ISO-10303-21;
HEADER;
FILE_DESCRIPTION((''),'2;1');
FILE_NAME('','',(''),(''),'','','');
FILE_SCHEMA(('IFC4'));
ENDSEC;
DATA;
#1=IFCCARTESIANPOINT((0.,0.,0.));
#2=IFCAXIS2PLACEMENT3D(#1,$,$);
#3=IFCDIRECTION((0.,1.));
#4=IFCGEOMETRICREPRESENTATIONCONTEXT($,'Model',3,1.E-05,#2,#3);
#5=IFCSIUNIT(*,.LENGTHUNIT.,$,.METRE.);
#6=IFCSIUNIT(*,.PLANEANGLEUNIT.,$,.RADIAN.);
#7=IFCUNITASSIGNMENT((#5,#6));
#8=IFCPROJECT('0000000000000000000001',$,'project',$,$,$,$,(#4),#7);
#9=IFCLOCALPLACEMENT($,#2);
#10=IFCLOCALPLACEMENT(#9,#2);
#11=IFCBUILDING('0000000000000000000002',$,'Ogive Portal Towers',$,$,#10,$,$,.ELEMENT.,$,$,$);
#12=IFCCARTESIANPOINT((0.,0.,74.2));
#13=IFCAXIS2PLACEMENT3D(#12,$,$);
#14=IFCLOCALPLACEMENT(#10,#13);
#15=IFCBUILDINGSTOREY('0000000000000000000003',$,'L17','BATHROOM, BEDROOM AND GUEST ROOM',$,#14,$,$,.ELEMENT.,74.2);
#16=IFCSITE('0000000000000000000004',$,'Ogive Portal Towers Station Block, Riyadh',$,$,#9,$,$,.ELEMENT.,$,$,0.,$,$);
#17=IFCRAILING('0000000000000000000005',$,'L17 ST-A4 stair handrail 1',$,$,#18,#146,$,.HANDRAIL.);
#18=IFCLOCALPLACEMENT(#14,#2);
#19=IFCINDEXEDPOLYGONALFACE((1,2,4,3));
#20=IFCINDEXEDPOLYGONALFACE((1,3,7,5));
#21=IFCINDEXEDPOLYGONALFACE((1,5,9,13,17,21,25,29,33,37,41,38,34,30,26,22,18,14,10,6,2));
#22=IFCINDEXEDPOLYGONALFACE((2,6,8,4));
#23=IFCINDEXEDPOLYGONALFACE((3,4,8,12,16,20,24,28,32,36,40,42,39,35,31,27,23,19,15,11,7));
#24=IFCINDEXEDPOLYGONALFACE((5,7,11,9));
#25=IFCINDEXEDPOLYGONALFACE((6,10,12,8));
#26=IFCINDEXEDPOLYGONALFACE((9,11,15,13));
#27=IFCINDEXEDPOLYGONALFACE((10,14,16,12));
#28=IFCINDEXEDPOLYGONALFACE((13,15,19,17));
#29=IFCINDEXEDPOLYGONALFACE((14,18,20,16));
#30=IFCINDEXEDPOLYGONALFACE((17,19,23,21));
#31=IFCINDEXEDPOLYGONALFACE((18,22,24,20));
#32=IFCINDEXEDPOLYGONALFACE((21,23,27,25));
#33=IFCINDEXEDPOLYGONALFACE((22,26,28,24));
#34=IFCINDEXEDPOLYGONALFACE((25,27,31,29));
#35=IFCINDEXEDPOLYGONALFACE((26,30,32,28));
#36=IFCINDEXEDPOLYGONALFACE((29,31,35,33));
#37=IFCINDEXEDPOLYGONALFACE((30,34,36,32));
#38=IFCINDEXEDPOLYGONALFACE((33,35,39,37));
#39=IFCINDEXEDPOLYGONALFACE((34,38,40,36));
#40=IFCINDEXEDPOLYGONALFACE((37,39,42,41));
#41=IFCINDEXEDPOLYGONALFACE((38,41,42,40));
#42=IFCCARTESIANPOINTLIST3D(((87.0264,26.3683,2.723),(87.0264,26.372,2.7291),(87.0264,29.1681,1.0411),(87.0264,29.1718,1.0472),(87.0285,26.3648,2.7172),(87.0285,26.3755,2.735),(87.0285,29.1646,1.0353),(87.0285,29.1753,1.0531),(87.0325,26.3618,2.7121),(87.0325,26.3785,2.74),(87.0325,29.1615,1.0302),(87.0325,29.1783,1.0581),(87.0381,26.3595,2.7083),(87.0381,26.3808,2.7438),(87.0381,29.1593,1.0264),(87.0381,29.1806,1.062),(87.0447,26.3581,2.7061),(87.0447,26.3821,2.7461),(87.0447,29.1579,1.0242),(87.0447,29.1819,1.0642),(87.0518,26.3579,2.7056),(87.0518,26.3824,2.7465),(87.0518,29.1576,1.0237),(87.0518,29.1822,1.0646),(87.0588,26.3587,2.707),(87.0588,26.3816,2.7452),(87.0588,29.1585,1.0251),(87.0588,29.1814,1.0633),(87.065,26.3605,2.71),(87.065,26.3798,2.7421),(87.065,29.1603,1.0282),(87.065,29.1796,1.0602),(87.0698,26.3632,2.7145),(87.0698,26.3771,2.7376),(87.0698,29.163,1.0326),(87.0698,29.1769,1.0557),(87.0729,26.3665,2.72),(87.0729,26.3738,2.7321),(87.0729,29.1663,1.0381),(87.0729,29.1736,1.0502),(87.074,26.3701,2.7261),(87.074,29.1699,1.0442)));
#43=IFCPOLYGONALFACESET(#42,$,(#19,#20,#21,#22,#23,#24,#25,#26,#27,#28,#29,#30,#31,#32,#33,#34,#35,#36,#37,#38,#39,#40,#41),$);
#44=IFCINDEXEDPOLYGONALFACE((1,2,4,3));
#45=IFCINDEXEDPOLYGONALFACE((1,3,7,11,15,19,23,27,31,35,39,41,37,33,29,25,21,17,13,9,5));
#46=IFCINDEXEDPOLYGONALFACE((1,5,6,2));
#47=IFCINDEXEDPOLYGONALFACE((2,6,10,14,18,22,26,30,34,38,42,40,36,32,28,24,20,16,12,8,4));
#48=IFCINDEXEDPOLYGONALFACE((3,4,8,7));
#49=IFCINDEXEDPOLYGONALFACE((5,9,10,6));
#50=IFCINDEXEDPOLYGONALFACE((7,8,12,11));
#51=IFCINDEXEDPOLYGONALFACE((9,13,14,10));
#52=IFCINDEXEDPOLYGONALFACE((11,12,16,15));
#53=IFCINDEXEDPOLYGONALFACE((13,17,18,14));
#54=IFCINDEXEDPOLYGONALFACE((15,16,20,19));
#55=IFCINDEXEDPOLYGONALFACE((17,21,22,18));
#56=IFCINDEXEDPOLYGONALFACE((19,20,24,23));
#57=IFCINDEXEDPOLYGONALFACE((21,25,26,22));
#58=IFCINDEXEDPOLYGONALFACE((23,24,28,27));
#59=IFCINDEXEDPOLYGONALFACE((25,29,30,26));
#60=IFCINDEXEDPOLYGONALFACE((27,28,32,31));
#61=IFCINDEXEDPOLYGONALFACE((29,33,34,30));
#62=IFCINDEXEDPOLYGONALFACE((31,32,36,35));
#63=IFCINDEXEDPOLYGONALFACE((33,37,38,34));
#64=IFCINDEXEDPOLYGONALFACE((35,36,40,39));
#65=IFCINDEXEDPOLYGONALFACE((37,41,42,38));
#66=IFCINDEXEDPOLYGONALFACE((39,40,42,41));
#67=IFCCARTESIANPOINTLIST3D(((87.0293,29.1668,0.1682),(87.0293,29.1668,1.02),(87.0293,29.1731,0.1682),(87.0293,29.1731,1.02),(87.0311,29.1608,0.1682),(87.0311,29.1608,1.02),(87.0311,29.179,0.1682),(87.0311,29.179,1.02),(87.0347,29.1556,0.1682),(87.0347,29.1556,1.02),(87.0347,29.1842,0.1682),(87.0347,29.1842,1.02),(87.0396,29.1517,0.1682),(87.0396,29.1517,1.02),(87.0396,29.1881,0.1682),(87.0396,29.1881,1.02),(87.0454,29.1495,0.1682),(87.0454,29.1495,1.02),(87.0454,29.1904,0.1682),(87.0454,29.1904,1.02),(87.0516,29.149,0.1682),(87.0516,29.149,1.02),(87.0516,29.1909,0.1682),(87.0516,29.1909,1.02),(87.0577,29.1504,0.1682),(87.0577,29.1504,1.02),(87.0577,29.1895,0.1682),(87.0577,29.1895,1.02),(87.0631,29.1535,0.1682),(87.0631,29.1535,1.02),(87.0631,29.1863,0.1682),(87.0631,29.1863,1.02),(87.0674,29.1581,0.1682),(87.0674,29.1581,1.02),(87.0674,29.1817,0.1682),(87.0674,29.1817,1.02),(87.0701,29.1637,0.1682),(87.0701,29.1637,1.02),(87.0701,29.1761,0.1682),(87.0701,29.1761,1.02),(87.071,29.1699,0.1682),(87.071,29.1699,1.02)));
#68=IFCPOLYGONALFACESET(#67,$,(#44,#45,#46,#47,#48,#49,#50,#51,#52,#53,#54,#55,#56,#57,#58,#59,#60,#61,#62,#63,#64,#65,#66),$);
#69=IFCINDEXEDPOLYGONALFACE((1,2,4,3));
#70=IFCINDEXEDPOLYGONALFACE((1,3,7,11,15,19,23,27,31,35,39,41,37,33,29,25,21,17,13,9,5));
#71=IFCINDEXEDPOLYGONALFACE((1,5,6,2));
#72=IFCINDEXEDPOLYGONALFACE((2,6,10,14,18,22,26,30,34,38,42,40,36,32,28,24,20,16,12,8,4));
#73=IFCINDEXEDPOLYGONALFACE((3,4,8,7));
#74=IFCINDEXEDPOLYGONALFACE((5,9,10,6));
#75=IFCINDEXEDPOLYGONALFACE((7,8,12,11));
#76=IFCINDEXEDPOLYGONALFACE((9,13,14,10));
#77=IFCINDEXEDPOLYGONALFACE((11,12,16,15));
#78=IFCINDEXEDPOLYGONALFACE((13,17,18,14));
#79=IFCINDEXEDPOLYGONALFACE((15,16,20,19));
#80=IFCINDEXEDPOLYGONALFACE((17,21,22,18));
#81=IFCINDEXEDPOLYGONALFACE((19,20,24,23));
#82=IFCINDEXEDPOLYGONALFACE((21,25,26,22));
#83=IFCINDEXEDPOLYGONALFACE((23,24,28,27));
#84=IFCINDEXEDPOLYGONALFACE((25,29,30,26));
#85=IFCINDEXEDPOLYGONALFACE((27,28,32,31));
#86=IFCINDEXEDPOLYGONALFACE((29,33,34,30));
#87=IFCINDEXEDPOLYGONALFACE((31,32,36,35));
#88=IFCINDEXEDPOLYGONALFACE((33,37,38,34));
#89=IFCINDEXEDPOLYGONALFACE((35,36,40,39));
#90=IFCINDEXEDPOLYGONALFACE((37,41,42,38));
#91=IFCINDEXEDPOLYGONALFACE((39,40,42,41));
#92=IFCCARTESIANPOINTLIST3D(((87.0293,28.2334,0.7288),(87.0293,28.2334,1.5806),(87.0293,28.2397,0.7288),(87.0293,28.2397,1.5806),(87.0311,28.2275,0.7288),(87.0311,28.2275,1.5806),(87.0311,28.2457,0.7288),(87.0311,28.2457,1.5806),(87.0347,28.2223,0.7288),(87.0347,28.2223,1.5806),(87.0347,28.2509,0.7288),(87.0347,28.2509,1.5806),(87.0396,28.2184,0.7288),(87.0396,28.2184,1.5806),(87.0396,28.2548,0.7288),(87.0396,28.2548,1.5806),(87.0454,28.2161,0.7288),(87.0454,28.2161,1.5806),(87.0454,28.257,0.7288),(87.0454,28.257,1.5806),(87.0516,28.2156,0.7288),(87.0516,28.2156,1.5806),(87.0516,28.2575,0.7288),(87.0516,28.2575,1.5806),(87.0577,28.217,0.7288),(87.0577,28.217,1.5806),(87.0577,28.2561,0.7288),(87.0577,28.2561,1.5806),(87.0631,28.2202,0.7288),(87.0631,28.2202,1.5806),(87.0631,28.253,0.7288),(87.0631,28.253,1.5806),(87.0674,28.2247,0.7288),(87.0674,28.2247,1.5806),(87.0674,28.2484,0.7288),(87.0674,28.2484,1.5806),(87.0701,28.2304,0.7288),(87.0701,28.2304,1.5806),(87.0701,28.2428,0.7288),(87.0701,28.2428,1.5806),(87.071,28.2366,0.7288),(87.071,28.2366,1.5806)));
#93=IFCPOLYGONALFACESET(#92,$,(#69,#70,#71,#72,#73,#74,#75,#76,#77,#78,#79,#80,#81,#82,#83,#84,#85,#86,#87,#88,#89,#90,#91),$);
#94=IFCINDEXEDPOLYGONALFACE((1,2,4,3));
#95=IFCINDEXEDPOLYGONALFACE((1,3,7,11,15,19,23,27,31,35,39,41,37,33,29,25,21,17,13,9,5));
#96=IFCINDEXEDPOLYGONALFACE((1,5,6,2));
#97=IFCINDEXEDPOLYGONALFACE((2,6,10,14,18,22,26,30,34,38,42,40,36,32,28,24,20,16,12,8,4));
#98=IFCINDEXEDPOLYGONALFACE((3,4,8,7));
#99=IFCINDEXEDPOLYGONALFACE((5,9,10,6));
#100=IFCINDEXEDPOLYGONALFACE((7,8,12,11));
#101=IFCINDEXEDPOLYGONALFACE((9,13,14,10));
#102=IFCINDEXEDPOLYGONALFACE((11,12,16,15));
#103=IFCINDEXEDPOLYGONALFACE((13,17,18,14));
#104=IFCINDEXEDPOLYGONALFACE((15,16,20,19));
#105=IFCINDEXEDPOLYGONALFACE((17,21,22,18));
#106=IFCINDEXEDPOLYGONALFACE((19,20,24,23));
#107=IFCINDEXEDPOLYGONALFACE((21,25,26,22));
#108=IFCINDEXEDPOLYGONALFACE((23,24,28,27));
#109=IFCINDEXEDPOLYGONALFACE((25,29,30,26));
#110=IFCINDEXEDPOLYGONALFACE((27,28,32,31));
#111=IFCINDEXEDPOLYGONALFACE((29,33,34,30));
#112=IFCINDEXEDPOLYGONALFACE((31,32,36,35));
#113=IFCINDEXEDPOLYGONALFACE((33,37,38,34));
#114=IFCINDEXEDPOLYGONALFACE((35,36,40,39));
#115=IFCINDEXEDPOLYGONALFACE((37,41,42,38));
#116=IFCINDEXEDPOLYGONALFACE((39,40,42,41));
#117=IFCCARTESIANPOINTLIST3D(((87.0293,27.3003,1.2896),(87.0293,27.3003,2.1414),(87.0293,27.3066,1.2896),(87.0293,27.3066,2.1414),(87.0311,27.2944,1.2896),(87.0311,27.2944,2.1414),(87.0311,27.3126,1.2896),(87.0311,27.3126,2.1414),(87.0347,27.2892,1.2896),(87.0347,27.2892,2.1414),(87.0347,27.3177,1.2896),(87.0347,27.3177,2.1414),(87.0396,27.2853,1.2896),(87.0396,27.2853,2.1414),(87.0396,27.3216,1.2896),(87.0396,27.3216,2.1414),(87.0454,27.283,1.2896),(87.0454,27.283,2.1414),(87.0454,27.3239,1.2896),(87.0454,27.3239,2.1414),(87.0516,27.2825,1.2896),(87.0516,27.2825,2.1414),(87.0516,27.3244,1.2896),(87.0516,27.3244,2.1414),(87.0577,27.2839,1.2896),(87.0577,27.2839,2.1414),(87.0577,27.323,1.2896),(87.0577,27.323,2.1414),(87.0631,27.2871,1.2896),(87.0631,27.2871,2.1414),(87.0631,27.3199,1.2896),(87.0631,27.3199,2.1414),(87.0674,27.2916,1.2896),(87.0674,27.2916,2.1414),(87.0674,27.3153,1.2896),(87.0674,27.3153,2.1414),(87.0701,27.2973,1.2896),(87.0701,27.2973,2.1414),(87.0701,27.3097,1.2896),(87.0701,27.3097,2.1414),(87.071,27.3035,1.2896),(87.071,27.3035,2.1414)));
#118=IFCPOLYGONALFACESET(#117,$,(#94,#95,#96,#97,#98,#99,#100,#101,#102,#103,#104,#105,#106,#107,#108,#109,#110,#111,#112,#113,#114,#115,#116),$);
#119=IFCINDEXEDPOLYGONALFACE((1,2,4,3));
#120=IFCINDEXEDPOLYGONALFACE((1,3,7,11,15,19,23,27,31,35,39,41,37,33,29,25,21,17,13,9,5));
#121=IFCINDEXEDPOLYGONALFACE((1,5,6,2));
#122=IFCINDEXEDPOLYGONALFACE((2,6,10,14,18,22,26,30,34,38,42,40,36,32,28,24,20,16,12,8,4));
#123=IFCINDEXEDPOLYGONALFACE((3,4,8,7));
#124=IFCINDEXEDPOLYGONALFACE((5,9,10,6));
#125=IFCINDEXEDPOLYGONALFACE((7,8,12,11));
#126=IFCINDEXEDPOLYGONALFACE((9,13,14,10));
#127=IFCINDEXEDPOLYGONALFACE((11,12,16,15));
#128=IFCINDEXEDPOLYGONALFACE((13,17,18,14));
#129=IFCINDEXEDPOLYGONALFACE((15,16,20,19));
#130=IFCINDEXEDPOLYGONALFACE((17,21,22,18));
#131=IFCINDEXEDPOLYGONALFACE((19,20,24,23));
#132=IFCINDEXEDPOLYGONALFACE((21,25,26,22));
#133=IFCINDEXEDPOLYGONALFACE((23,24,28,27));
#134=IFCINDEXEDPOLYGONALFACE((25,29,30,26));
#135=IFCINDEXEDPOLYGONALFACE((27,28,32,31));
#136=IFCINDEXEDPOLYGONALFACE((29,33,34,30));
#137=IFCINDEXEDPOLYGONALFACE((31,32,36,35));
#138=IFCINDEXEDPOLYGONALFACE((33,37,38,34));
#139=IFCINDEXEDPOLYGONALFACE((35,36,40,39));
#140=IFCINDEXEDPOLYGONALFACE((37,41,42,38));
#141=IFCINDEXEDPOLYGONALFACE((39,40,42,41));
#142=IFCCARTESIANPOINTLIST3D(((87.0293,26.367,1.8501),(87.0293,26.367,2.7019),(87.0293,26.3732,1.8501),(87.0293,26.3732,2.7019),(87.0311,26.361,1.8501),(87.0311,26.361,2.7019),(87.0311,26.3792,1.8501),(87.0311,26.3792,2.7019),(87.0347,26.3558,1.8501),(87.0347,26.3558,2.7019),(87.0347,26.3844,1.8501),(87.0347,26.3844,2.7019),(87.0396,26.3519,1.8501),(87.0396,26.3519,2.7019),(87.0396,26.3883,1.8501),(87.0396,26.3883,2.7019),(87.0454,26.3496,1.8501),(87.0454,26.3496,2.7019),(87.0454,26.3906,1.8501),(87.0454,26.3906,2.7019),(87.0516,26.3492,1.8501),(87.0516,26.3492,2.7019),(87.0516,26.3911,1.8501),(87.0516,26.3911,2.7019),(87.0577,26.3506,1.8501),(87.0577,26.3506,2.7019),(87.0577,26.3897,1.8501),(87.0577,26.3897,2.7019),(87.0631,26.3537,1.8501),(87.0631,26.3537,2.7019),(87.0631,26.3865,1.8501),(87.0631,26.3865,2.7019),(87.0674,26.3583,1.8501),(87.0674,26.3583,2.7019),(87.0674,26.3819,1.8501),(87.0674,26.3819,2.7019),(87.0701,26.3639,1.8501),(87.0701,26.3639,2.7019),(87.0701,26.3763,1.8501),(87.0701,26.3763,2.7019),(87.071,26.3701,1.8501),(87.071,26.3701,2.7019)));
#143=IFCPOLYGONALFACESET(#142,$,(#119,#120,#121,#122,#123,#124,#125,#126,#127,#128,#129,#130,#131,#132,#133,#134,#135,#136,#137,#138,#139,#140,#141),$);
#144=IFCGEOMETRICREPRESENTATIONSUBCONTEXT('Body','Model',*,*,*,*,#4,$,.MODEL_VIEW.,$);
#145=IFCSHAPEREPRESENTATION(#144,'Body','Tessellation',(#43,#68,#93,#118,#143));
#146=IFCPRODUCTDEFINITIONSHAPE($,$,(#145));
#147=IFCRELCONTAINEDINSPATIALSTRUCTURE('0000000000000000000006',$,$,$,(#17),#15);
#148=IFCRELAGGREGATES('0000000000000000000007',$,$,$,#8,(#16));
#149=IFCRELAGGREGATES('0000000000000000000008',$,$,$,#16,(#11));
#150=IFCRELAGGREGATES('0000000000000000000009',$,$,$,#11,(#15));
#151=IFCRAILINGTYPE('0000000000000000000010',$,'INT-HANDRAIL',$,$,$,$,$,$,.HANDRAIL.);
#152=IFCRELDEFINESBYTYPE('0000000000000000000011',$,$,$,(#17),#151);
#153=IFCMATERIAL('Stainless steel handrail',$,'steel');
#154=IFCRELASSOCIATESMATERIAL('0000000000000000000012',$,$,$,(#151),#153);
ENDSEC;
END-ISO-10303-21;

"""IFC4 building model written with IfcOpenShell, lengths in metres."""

from ifc_helpers import new_model, si_unit, direction, frame, origin, origin_2d, place, context, subcontext, project, spatial, circle, extrude, material, type_object, element, save


model = new_model("IFC4")

# Units and contexts
model_context = context("Model", 3, precision=1e-05, world=origin(), true_north=direction((0.0, 1.0)))
body_context = subcontext(model_context, "Body", "Model", "MODEL_VIEW")
ifc_project = project(units=[si_unit("LENGTHUNIT", "METRE"), si_unit("PLANEANGLEUNIT", "RADIAN")], contexts=[model_context])

# Site, building, storey
site_placement = place(None, origin())
site = spatial("IfcSite", under=ifc_project, at=site_placement, Name="Ogive Portal Towers Station Block, Riyadh", CompositionType="ELEMENT", RefElevation=0.0)
building_placement = place(site_placement, origin())
building = spatial("IfcBuilding", under=site, at=building_placement, Name="Ogive Portal Towers", CompositionType="ELEMENT")
storey_placement = place(building_placement, frame((0.0, 0.0, 74.2)))
storey = spatial("IfcBuildingStorey", under=building, at=storey_placement, Name="L17", Description="BATHROOM, BEDROOM AND GUEST ROOM", CompositionType="ELEMENT", Elevation=74.2)

# Railing
ifc_material_1 = material(Name="Stainless steel handrail", Category="steel")
railing_type_1 = type_object("IfcRailingType", Name="INT-HANDRAIL", PredefinedType="HANDRAIL", material=ifc_material_1)
railing_1_placement = place(storey_placement, frame((87.05, 29.1699, 0.1682)))
element("IfcRailing", 1, at=railing_1_placement, inside=storey, type_object=railing_type_1, Name="L17 ST-A4 stair handrail 1", PredefinedType="HANDRAIL", context=body_context, shape_type="SweptSolid", body=[
    extrude(circle(Radius=0.0239, at=origin_2d()), frame((0.0, 0.0, 0.876), z_axis=(0.0, -0.857222, 0.514946), x_axis=(1.0, 0.0, 0.0)), (0.0, 0.0, 1.0), 3.2661),
    extrude(circle(Radius=0.021, at=origin_2d()), origin(), (0.0, 0.0, 1.0), 0.8518),
    extrude(circle(Radius=0.021, at=origin_2d()), frame((0.0, -0.9333, 0.5605)), (0.0, 0.0, 1.0), 0.8518),
    extrude(circle(Radius=0.021, at=origin_2d()), frame((0.0, -1.8665, 1.1213)), (0.0, 0.0, 1.0), 0.8518),
    extrude(circle(Radius=0.021, at=origin_2d()), frame((0.0, -2.7998, 1.6819)), (0.0, 0.0, 1.0), 0.8518),
])

save(model, "model.ifc")
